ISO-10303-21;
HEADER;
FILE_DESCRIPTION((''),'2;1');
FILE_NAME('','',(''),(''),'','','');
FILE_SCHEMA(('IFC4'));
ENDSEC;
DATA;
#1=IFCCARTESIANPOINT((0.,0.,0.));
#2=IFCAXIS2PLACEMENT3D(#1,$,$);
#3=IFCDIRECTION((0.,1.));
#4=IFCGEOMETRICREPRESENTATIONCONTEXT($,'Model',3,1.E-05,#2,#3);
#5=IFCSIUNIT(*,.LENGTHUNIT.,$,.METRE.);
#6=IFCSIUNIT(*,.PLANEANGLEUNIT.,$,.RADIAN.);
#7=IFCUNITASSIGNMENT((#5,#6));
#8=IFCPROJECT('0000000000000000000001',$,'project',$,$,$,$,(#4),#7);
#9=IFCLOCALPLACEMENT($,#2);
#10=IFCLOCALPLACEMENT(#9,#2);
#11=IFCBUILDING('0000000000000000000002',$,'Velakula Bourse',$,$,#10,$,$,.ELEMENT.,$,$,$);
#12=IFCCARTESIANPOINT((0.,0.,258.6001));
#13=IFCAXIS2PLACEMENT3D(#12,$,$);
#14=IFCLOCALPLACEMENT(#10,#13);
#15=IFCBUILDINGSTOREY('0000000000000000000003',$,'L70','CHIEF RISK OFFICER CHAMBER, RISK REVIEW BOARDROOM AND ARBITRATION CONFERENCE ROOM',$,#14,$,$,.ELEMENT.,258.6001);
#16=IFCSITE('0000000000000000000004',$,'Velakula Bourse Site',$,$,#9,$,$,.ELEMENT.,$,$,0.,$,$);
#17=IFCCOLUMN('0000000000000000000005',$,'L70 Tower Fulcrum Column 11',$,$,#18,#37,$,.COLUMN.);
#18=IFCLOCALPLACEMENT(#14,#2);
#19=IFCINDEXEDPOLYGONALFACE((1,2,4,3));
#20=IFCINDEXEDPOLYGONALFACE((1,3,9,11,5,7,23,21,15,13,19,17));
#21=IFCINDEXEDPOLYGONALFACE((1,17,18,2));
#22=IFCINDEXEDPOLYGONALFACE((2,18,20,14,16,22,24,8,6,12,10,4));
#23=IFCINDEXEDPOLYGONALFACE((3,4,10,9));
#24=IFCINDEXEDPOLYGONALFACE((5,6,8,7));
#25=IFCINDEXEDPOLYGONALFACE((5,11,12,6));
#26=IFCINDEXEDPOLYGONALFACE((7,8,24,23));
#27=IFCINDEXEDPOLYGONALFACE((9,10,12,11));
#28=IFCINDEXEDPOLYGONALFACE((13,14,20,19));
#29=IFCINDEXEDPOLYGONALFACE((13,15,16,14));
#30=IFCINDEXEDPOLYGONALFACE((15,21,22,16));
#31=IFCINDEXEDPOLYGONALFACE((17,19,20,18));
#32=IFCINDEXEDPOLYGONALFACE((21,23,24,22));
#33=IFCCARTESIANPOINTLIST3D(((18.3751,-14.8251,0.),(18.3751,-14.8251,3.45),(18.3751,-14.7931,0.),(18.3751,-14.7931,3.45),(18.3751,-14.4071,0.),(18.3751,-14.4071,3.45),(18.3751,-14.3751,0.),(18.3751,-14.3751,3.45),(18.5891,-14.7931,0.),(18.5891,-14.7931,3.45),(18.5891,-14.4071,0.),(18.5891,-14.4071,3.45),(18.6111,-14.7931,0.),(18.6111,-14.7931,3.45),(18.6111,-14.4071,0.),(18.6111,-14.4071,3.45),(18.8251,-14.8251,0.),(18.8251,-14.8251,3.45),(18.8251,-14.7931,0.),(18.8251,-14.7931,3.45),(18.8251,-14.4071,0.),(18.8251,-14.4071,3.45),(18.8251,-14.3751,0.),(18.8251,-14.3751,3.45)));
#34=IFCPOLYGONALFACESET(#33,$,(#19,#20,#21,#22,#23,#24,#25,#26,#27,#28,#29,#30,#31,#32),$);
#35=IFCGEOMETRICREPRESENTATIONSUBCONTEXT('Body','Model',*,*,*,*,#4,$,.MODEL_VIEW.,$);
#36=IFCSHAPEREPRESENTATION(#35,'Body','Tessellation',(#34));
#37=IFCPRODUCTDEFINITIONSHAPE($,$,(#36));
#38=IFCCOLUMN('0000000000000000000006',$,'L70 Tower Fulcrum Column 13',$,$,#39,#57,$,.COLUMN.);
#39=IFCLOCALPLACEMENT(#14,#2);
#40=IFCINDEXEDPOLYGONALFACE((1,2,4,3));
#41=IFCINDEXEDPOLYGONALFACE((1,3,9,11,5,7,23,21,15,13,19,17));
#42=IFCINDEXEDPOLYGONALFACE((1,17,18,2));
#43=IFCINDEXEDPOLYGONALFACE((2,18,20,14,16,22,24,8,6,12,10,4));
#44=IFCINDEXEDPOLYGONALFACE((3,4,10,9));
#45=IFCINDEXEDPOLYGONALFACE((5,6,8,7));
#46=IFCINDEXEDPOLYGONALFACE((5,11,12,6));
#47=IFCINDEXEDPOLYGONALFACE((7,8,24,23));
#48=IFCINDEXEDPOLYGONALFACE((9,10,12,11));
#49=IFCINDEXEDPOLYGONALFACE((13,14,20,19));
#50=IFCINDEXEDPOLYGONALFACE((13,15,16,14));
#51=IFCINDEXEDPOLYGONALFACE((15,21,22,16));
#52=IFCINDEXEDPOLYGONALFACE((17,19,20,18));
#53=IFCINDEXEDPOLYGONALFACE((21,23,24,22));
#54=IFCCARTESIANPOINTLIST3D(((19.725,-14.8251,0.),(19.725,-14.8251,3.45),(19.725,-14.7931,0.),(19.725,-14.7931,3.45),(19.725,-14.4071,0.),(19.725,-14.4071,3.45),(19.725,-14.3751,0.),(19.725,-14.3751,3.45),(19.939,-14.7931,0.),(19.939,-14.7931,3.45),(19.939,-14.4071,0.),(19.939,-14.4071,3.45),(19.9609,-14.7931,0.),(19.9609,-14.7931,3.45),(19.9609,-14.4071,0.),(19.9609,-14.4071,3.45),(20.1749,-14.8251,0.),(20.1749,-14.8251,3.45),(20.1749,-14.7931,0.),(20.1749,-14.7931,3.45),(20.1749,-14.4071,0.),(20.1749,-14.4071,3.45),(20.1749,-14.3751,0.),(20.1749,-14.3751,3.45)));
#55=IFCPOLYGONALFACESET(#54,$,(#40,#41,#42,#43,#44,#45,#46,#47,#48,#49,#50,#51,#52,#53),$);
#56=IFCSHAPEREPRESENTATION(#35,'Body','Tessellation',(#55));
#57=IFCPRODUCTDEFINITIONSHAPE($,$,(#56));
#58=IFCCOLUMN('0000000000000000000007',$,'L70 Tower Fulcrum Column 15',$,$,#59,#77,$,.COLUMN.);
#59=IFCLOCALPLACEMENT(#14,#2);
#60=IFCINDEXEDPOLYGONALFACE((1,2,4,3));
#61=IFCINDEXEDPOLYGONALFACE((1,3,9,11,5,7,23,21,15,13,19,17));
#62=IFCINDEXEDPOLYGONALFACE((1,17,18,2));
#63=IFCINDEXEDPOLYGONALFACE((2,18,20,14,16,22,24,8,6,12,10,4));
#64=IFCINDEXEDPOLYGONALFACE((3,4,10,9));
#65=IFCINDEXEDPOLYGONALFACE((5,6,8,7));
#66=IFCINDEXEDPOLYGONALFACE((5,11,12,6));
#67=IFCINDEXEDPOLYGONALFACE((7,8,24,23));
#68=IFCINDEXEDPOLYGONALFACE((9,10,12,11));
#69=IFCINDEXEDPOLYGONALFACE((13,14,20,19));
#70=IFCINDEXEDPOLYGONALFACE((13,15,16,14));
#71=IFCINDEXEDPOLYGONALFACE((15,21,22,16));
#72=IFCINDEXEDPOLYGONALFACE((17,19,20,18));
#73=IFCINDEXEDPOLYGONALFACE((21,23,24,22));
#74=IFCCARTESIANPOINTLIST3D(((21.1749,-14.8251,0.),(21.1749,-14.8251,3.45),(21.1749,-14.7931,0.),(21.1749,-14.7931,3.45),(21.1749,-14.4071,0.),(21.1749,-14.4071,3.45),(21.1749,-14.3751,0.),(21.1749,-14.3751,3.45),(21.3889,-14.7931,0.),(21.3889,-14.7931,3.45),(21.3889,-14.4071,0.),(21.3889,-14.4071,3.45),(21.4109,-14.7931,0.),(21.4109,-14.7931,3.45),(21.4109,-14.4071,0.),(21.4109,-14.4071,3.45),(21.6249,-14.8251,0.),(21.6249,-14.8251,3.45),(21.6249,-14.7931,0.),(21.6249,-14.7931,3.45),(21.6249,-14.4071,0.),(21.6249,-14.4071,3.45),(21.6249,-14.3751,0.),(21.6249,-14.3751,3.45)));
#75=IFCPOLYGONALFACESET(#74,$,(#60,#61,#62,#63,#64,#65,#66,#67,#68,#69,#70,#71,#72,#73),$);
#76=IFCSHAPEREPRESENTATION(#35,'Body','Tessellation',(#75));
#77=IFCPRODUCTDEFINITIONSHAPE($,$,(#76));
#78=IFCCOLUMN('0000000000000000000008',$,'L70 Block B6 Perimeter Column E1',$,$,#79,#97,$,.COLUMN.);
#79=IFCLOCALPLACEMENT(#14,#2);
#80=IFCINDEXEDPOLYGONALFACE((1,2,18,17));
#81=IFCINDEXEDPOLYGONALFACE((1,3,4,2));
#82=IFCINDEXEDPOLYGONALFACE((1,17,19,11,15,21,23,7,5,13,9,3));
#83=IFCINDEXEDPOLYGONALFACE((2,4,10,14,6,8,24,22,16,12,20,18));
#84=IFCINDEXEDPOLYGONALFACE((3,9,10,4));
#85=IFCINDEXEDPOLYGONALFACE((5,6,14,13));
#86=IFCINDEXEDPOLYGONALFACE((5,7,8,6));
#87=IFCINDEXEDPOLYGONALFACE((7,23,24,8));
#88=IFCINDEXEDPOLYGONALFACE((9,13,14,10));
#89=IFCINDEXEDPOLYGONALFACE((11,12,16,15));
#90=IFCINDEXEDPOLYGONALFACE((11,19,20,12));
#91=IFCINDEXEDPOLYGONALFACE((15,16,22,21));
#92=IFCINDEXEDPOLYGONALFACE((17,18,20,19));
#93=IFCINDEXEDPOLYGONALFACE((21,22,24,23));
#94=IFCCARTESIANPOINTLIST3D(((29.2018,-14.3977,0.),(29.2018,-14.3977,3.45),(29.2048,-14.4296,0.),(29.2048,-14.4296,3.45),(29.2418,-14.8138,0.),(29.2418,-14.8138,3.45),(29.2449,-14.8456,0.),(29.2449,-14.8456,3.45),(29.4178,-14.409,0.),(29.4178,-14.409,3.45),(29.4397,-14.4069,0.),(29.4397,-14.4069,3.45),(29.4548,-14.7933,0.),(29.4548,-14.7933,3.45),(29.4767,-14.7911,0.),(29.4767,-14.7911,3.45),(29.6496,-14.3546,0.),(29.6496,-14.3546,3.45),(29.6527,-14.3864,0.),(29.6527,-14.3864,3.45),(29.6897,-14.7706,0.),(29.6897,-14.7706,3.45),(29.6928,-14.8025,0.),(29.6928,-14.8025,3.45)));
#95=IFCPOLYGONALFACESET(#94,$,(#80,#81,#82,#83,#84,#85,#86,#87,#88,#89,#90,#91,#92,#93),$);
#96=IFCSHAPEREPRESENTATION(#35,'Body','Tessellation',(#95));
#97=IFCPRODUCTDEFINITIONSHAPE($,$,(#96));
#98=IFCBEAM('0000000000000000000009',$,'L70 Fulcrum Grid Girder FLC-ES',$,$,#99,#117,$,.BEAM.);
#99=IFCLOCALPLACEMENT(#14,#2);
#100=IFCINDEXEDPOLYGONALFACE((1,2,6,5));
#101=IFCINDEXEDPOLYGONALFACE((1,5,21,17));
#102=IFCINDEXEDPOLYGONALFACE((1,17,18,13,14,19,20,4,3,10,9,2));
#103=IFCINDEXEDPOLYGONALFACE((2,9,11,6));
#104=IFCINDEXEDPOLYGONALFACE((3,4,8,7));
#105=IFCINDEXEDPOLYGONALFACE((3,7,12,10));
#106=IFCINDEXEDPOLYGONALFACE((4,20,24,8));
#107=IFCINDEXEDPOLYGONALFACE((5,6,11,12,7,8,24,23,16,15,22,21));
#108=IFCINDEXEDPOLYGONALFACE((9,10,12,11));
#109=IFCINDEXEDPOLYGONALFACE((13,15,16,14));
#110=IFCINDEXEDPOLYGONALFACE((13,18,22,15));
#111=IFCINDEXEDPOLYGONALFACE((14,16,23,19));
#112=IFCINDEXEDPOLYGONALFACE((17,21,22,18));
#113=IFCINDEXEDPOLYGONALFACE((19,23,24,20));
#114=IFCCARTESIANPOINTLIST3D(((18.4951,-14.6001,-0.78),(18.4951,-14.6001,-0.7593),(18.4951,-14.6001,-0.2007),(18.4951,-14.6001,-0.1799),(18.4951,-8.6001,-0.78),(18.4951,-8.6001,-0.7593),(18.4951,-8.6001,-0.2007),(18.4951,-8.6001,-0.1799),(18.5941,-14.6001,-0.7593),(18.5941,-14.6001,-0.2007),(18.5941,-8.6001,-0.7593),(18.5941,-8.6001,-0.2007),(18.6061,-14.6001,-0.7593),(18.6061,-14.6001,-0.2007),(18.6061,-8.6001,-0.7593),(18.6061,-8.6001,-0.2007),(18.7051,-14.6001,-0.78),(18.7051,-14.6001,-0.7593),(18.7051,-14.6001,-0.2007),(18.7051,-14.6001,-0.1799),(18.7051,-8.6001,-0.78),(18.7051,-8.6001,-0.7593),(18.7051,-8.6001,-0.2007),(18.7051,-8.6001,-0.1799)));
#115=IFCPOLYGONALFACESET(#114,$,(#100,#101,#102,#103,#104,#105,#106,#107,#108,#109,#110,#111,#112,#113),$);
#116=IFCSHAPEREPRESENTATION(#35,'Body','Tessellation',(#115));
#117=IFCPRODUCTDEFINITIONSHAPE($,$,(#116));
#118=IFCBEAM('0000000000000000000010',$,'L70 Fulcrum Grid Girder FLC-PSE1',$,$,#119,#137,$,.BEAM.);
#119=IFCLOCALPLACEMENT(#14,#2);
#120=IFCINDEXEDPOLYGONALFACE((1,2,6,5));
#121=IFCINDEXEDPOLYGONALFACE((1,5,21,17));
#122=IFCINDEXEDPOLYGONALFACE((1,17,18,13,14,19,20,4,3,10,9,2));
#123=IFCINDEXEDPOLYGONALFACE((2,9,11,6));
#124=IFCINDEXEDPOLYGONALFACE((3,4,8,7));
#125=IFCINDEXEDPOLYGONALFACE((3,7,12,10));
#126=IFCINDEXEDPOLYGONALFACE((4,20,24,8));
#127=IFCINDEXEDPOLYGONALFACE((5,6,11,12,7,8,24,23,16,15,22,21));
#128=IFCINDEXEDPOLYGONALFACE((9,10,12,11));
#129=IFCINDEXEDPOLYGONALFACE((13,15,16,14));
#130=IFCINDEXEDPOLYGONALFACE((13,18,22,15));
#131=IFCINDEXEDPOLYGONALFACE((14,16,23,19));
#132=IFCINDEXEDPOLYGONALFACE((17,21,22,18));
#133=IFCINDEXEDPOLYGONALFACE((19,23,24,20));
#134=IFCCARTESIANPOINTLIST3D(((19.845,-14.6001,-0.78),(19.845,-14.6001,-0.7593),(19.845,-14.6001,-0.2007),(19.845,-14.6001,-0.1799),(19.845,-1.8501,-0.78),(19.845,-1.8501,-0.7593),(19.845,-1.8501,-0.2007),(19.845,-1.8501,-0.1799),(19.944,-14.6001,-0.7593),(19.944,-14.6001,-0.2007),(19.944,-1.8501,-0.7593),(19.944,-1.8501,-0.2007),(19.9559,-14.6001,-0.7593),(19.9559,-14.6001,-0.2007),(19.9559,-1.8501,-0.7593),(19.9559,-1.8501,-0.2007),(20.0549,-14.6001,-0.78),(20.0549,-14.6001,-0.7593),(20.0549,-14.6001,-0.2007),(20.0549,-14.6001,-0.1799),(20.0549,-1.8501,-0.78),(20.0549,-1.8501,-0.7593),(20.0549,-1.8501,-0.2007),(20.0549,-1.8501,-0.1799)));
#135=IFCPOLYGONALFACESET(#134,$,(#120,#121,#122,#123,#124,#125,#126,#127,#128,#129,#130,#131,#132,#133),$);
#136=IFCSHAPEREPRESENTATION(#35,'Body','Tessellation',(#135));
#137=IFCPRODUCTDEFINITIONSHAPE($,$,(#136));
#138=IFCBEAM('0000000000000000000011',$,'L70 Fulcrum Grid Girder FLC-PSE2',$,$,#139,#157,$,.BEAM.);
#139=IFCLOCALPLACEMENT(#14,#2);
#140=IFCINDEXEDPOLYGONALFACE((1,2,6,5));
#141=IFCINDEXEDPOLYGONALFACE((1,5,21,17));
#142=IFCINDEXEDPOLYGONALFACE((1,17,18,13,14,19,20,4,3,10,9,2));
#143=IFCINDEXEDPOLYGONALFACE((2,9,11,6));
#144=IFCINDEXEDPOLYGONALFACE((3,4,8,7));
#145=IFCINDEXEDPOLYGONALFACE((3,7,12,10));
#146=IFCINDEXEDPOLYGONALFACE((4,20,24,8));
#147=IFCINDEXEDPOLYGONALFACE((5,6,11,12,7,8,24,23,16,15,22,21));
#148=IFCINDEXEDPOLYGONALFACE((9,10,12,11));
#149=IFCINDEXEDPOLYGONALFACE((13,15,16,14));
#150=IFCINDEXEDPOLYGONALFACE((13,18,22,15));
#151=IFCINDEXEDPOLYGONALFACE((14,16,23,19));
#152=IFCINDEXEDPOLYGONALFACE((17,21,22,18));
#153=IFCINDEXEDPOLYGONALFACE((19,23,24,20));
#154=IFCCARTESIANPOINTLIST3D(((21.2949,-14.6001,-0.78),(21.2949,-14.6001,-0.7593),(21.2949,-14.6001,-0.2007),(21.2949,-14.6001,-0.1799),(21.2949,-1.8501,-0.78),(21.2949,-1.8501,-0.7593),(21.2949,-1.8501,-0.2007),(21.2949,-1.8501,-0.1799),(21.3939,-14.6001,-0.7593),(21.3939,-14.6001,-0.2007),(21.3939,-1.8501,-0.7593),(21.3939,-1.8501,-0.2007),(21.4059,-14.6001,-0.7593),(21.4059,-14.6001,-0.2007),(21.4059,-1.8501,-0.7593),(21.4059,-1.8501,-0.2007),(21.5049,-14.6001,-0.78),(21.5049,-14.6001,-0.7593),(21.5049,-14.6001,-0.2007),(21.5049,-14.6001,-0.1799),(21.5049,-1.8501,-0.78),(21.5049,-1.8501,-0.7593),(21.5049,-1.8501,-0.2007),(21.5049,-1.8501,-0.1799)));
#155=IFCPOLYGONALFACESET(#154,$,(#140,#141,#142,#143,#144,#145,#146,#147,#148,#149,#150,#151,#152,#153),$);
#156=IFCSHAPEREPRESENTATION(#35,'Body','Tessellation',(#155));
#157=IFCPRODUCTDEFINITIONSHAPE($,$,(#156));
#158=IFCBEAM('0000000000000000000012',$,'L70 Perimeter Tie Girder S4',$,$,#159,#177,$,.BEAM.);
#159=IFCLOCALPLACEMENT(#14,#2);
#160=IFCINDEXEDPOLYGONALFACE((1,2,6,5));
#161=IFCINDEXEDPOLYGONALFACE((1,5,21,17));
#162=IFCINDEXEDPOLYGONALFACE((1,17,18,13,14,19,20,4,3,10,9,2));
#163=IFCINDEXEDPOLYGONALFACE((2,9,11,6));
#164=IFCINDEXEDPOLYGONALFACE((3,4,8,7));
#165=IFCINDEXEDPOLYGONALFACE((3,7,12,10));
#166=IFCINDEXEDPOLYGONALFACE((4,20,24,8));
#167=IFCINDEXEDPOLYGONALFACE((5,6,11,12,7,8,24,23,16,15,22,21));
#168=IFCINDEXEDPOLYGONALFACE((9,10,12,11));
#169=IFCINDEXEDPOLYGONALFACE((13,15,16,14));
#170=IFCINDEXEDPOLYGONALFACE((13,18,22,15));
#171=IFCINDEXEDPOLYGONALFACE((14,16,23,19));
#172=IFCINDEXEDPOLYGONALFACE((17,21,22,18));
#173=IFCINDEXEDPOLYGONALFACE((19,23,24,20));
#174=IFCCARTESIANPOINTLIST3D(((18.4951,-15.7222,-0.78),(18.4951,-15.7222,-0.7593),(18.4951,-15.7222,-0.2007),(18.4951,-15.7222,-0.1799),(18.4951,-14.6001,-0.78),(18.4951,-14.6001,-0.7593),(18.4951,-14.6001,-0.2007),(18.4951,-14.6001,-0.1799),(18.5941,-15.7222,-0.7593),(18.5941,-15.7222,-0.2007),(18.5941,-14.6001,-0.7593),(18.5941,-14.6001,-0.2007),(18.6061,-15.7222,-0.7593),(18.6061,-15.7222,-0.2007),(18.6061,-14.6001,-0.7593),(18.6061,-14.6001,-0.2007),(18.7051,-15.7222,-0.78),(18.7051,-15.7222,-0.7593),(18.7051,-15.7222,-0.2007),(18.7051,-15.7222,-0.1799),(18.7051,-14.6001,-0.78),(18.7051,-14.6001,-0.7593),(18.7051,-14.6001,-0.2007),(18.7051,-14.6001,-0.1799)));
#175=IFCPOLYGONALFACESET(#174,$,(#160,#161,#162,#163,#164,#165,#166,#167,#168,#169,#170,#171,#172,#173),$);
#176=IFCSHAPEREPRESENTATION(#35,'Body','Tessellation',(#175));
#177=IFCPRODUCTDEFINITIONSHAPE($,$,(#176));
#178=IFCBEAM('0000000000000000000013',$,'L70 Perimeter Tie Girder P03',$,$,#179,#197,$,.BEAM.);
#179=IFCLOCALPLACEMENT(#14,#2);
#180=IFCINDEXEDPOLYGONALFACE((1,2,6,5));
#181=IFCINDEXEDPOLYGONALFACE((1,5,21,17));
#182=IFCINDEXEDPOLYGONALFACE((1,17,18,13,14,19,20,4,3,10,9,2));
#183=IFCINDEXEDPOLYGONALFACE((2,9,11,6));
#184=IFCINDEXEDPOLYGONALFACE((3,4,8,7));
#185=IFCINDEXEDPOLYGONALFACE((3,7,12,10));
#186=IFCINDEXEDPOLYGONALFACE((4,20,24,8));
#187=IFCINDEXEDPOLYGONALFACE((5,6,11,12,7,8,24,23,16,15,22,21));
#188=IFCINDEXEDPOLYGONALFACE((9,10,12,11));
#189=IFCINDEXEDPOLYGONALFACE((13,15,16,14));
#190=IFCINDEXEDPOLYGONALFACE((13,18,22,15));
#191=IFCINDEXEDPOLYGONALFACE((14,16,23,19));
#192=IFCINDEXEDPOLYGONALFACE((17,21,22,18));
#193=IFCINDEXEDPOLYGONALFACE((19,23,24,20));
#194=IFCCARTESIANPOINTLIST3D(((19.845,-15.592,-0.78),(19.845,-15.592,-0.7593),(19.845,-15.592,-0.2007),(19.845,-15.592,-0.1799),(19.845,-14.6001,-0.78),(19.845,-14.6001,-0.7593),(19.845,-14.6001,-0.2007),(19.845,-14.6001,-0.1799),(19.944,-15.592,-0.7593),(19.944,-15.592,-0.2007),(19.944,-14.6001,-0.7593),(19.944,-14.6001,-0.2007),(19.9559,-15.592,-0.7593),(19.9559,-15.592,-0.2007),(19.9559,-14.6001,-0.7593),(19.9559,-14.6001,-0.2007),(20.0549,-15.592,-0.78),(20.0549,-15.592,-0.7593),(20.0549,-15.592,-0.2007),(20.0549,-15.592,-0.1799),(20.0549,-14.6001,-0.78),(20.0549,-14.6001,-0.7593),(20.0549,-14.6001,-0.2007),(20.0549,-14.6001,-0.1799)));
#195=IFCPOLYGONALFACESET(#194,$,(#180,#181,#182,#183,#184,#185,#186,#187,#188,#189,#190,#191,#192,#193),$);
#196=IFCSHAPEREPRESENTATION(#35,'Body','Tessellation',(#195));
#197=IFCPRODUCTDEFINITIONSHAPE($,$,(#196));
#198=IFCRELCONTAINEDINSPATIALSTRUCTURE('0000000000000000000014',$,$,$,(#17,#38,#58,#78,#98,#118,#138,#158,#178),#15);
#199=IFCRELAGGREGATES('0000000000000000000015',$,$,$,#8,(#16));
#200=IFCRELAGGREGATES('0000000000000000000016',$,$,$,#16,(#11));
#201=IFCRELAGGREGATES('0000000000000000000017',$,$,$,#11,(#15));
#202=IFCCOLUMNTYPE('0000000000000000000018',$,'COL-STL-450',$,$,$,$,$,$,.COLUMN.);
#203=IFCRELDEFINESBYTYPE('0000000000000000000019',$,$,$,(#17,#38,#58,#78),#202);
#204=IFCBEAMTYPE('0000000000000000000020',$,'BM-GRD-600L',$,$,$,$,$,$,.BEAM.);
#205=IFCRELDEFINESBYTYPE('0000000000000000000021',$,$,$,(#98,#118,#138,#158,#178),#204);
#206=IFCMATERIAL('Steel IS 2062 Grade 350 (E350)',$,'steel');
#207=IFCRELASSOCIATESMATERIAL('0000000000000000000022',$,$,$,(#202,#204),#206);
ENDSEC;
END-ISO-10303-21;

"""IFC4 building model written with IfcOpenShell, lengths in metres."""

from ifc_helpers import new_model, si_unit, direction, frame, origin, origin_2d, place, context, subcontext, project, spatial, i_section, extrude, material, material_profile, profile_set, type_object, element, save


model = new_model("IFC4")

# Units and contexts
model_context = context("Model", 3, precision=1e-05, world=origin(), true_north=direction((0.0, 1.0)))
body_context = subcontext(model_context, "Body", "Model", "MODEL_VIEW")
ifc_project = project(units=[si_unit("LENGTHUNIT", "METRE"), si_unit("PLANEANGLEUNIT", "RADIAN")], contexts=[model_context])

# Site, building, storey
site_placement = place(None, origin())
site = spatial("IfcSite", under=ifc_project, at=site_placement, Name="Velakula Bourse Site", CompositionType="ELEMENT", RefElevation=0.0)
building_placement = place(site_placement, origin())
building = spatial("IfcBuilding", under=site, at=building_placement, Name="Velakula Bourse", CompositionType="ELEMENT")
storey_placement = place(building_placement, frame((0.0, 0.0, 258.6001)))
storey = spatial("IfcBuildingStorey", under=building, at=storey_placement, Name="L70", Description="CHIEF RISK OFFICER CHAMBER, RISK REVIEW BOARDROOM AND ARBITRATION CONFERENCE ROOM", CompositionType="ELEMENT", Elevation=258.6001)

# Columns
ifc_material_1 = material(Name="Steel IS 2062 Grade 350 (E350)", Category="steel")
ifc_material_profile_1 = material_profile(ifc_material_1, i_section(OverallWidth=0.45, OverallDepth=0.45, WebThickness=0.022, FlangeThickness=0.032, at=origin_2d()), Name="Steel IS 2062 Grade 350 (E350)")
ifc_profile_set_1 = profile_set([ifc_material_profile_1], Name="Steel IS 2062 Grade 350 (E350)")
column_type = type_object("IfcColumnType", Name="COL-STL-450", PredefinedType="COLUMN", material=ifc_profile_set_1)
for number, where, z_axis, x_axis, name in (
    (1, (18.6001, -14.6001, 0.0), (0.0, 0.0, 1.0), (1.0, 0.0, 0.0), "L70 Tower Fulcrum Column 11"),
    (2, (19.95, -14.6001, 0.0), (0.0, 0.0, 1.0), (1.0, 0.0, 0.0), "L70 Tower Fulcrum Column 13"),
    (3, (21.3999, -14.6001, 0.0), (0.0, 0.0, 1.0), (1.0, 0.0, 0.0), "L70 Tower Fulcrum Column 15"),
    (4, (29.4473, -14.6001, 0.0), (0.0, 0.0, 1.0), (0.995396, 0.095846, 0.0), "L70 Block B6 Perimeter Column E1"),
):
    element("IfcColumn", number, at=place(storey_placement, frame(where, z_axis=z_axis, x_axis=x_axis)), inside=storey, type_object=column_type, Name=name, PredefinedType="COLUMN", context=body_context, shape_type="SweptSolid", body=[
        extrude(i_section(OverallWidth=0.45, OverallDepth=0.45, WebThickness=0.022, FlangeThickness=0.032, at=origin_2d()), origin(), (0.0, 0.0, 1.0), 3.45),
    ])

# Beams
ifc_material_profile_2 = material_profile(ifc_material_1, i_section(OverallWidth=0.21, OverallDepth=0.6001, WebThickness=0.012, FlangeThickness=0.0208, at=origin_2d()), Name="Steel IS 2062 Grade 350 (E350)")
ifc_profile_set_2 = profile_set([ifc_material_profile_2], Name="Steel IS 2062 Grade 350 (E350)")
beam_type_1 = type_object("IfcBeamType", Name="BM-GRD-600L", PredefinedType="BEAM", material=ifc_profile_set_2)
beam_1_placement = place(storey_placement, frame((18.6001, -14.6001, -0.48), z_axis=(0.0, 1.0, 0.0), x_axis=(-1.0, 0.0, 0.0)))
element("IfcBeam", 5, at=beam_1_placement, inside=storey, type_object=beam_type_1, Name="L70 Fulcrum Grid Girder FLC-ES", PredefinedType="BEAM", context=body_context, shape_type="SweptSolid", body=[
    extrude(i_section(OverallWidth=0.21, OverallDepth=0.6001, WebThickness=0.012, FlangeThickness=0.0208, at=origin_2d()), origin(), (0.0, 0.0, 1.0), 6.0),
])
for number, where, z_axis, x_axis, name in (
    (6, (19.95, -14.6001, -0.48), (0.0, 1.0, 0.0), (-1.0, 0.0, 0.0), "L70 Fulcrum Grid Girder FLC-PSE1"),
    (7, (21.3999, -14.6001, -0.48), (0.0, 1.0, 0.0), (-1.0, 0.0, 0.0), "L70 Fulcrum Grid Girder FLC-PSE2"),
):
    element("IfcBeam", number, at=place(storey_placement, frame(where, z_axis=z_axis, x_axis=x_axis)), inside=storey, type_object=beam_type_1, Name=name, PredefinedType="BEAM", context=body_context, shape_type="SweptSolid", body=[
        extrude(i_section(OverallWidth=0.21, OverallDepth=0.6001, WebThickness=0.012, FlangeThickness=0.0208, at=origin_2d()), origin(), (0.0, 0.0, 1.0), 12.75),
    ])
beam_2_placement = place(storey_placement, frame((18.6001, -14.6001, -0.48), z_axis=(0.0, -1.0, 0.0), x_axis=(1.0, 0.0, 0.0)))
element("IfcBeam", 8, at=beam_2_placement, inside=storey, type_object=beam_type_1, Name="L70 Perimeter Tie Girder S4", PredefinedType="BEAM", context=body_context, shape_type="SweptSolid", body=[
    extrude(i_section(OverallWidth=0.21, OverallDepth=0.6001, WebThickness=0.012, FlangeThickness=0.0208, at=origin_2d()), origin(), (0.0, 0.0, 1.0), 1.1221),
])
beam_3_placement = place(storey_placement, frame((19.95, -14.6001, -0.48), z_axis=(0.0, -1.0, 0.0), x_axis=(1.0, 0.0, 0.0)))
element("IfcBeam", 9, at=beam_3_placement, inside=storey, type_object=beam_type_1, Name="L70 Perimeter Tie Girder P03", PredefinedType="BEAM", context=body_context, shape_type="SweptSolid", body=[
    extrude(i_section(OverallWidth=0.21, OverallDepth=0.6001, WebThickness=0.012, FlangeThickness=0.0208, at=origin_2d()), origin(), (0.0, 0.0, 1.0), 0.9919),
])

save(model, "model.ifc")
